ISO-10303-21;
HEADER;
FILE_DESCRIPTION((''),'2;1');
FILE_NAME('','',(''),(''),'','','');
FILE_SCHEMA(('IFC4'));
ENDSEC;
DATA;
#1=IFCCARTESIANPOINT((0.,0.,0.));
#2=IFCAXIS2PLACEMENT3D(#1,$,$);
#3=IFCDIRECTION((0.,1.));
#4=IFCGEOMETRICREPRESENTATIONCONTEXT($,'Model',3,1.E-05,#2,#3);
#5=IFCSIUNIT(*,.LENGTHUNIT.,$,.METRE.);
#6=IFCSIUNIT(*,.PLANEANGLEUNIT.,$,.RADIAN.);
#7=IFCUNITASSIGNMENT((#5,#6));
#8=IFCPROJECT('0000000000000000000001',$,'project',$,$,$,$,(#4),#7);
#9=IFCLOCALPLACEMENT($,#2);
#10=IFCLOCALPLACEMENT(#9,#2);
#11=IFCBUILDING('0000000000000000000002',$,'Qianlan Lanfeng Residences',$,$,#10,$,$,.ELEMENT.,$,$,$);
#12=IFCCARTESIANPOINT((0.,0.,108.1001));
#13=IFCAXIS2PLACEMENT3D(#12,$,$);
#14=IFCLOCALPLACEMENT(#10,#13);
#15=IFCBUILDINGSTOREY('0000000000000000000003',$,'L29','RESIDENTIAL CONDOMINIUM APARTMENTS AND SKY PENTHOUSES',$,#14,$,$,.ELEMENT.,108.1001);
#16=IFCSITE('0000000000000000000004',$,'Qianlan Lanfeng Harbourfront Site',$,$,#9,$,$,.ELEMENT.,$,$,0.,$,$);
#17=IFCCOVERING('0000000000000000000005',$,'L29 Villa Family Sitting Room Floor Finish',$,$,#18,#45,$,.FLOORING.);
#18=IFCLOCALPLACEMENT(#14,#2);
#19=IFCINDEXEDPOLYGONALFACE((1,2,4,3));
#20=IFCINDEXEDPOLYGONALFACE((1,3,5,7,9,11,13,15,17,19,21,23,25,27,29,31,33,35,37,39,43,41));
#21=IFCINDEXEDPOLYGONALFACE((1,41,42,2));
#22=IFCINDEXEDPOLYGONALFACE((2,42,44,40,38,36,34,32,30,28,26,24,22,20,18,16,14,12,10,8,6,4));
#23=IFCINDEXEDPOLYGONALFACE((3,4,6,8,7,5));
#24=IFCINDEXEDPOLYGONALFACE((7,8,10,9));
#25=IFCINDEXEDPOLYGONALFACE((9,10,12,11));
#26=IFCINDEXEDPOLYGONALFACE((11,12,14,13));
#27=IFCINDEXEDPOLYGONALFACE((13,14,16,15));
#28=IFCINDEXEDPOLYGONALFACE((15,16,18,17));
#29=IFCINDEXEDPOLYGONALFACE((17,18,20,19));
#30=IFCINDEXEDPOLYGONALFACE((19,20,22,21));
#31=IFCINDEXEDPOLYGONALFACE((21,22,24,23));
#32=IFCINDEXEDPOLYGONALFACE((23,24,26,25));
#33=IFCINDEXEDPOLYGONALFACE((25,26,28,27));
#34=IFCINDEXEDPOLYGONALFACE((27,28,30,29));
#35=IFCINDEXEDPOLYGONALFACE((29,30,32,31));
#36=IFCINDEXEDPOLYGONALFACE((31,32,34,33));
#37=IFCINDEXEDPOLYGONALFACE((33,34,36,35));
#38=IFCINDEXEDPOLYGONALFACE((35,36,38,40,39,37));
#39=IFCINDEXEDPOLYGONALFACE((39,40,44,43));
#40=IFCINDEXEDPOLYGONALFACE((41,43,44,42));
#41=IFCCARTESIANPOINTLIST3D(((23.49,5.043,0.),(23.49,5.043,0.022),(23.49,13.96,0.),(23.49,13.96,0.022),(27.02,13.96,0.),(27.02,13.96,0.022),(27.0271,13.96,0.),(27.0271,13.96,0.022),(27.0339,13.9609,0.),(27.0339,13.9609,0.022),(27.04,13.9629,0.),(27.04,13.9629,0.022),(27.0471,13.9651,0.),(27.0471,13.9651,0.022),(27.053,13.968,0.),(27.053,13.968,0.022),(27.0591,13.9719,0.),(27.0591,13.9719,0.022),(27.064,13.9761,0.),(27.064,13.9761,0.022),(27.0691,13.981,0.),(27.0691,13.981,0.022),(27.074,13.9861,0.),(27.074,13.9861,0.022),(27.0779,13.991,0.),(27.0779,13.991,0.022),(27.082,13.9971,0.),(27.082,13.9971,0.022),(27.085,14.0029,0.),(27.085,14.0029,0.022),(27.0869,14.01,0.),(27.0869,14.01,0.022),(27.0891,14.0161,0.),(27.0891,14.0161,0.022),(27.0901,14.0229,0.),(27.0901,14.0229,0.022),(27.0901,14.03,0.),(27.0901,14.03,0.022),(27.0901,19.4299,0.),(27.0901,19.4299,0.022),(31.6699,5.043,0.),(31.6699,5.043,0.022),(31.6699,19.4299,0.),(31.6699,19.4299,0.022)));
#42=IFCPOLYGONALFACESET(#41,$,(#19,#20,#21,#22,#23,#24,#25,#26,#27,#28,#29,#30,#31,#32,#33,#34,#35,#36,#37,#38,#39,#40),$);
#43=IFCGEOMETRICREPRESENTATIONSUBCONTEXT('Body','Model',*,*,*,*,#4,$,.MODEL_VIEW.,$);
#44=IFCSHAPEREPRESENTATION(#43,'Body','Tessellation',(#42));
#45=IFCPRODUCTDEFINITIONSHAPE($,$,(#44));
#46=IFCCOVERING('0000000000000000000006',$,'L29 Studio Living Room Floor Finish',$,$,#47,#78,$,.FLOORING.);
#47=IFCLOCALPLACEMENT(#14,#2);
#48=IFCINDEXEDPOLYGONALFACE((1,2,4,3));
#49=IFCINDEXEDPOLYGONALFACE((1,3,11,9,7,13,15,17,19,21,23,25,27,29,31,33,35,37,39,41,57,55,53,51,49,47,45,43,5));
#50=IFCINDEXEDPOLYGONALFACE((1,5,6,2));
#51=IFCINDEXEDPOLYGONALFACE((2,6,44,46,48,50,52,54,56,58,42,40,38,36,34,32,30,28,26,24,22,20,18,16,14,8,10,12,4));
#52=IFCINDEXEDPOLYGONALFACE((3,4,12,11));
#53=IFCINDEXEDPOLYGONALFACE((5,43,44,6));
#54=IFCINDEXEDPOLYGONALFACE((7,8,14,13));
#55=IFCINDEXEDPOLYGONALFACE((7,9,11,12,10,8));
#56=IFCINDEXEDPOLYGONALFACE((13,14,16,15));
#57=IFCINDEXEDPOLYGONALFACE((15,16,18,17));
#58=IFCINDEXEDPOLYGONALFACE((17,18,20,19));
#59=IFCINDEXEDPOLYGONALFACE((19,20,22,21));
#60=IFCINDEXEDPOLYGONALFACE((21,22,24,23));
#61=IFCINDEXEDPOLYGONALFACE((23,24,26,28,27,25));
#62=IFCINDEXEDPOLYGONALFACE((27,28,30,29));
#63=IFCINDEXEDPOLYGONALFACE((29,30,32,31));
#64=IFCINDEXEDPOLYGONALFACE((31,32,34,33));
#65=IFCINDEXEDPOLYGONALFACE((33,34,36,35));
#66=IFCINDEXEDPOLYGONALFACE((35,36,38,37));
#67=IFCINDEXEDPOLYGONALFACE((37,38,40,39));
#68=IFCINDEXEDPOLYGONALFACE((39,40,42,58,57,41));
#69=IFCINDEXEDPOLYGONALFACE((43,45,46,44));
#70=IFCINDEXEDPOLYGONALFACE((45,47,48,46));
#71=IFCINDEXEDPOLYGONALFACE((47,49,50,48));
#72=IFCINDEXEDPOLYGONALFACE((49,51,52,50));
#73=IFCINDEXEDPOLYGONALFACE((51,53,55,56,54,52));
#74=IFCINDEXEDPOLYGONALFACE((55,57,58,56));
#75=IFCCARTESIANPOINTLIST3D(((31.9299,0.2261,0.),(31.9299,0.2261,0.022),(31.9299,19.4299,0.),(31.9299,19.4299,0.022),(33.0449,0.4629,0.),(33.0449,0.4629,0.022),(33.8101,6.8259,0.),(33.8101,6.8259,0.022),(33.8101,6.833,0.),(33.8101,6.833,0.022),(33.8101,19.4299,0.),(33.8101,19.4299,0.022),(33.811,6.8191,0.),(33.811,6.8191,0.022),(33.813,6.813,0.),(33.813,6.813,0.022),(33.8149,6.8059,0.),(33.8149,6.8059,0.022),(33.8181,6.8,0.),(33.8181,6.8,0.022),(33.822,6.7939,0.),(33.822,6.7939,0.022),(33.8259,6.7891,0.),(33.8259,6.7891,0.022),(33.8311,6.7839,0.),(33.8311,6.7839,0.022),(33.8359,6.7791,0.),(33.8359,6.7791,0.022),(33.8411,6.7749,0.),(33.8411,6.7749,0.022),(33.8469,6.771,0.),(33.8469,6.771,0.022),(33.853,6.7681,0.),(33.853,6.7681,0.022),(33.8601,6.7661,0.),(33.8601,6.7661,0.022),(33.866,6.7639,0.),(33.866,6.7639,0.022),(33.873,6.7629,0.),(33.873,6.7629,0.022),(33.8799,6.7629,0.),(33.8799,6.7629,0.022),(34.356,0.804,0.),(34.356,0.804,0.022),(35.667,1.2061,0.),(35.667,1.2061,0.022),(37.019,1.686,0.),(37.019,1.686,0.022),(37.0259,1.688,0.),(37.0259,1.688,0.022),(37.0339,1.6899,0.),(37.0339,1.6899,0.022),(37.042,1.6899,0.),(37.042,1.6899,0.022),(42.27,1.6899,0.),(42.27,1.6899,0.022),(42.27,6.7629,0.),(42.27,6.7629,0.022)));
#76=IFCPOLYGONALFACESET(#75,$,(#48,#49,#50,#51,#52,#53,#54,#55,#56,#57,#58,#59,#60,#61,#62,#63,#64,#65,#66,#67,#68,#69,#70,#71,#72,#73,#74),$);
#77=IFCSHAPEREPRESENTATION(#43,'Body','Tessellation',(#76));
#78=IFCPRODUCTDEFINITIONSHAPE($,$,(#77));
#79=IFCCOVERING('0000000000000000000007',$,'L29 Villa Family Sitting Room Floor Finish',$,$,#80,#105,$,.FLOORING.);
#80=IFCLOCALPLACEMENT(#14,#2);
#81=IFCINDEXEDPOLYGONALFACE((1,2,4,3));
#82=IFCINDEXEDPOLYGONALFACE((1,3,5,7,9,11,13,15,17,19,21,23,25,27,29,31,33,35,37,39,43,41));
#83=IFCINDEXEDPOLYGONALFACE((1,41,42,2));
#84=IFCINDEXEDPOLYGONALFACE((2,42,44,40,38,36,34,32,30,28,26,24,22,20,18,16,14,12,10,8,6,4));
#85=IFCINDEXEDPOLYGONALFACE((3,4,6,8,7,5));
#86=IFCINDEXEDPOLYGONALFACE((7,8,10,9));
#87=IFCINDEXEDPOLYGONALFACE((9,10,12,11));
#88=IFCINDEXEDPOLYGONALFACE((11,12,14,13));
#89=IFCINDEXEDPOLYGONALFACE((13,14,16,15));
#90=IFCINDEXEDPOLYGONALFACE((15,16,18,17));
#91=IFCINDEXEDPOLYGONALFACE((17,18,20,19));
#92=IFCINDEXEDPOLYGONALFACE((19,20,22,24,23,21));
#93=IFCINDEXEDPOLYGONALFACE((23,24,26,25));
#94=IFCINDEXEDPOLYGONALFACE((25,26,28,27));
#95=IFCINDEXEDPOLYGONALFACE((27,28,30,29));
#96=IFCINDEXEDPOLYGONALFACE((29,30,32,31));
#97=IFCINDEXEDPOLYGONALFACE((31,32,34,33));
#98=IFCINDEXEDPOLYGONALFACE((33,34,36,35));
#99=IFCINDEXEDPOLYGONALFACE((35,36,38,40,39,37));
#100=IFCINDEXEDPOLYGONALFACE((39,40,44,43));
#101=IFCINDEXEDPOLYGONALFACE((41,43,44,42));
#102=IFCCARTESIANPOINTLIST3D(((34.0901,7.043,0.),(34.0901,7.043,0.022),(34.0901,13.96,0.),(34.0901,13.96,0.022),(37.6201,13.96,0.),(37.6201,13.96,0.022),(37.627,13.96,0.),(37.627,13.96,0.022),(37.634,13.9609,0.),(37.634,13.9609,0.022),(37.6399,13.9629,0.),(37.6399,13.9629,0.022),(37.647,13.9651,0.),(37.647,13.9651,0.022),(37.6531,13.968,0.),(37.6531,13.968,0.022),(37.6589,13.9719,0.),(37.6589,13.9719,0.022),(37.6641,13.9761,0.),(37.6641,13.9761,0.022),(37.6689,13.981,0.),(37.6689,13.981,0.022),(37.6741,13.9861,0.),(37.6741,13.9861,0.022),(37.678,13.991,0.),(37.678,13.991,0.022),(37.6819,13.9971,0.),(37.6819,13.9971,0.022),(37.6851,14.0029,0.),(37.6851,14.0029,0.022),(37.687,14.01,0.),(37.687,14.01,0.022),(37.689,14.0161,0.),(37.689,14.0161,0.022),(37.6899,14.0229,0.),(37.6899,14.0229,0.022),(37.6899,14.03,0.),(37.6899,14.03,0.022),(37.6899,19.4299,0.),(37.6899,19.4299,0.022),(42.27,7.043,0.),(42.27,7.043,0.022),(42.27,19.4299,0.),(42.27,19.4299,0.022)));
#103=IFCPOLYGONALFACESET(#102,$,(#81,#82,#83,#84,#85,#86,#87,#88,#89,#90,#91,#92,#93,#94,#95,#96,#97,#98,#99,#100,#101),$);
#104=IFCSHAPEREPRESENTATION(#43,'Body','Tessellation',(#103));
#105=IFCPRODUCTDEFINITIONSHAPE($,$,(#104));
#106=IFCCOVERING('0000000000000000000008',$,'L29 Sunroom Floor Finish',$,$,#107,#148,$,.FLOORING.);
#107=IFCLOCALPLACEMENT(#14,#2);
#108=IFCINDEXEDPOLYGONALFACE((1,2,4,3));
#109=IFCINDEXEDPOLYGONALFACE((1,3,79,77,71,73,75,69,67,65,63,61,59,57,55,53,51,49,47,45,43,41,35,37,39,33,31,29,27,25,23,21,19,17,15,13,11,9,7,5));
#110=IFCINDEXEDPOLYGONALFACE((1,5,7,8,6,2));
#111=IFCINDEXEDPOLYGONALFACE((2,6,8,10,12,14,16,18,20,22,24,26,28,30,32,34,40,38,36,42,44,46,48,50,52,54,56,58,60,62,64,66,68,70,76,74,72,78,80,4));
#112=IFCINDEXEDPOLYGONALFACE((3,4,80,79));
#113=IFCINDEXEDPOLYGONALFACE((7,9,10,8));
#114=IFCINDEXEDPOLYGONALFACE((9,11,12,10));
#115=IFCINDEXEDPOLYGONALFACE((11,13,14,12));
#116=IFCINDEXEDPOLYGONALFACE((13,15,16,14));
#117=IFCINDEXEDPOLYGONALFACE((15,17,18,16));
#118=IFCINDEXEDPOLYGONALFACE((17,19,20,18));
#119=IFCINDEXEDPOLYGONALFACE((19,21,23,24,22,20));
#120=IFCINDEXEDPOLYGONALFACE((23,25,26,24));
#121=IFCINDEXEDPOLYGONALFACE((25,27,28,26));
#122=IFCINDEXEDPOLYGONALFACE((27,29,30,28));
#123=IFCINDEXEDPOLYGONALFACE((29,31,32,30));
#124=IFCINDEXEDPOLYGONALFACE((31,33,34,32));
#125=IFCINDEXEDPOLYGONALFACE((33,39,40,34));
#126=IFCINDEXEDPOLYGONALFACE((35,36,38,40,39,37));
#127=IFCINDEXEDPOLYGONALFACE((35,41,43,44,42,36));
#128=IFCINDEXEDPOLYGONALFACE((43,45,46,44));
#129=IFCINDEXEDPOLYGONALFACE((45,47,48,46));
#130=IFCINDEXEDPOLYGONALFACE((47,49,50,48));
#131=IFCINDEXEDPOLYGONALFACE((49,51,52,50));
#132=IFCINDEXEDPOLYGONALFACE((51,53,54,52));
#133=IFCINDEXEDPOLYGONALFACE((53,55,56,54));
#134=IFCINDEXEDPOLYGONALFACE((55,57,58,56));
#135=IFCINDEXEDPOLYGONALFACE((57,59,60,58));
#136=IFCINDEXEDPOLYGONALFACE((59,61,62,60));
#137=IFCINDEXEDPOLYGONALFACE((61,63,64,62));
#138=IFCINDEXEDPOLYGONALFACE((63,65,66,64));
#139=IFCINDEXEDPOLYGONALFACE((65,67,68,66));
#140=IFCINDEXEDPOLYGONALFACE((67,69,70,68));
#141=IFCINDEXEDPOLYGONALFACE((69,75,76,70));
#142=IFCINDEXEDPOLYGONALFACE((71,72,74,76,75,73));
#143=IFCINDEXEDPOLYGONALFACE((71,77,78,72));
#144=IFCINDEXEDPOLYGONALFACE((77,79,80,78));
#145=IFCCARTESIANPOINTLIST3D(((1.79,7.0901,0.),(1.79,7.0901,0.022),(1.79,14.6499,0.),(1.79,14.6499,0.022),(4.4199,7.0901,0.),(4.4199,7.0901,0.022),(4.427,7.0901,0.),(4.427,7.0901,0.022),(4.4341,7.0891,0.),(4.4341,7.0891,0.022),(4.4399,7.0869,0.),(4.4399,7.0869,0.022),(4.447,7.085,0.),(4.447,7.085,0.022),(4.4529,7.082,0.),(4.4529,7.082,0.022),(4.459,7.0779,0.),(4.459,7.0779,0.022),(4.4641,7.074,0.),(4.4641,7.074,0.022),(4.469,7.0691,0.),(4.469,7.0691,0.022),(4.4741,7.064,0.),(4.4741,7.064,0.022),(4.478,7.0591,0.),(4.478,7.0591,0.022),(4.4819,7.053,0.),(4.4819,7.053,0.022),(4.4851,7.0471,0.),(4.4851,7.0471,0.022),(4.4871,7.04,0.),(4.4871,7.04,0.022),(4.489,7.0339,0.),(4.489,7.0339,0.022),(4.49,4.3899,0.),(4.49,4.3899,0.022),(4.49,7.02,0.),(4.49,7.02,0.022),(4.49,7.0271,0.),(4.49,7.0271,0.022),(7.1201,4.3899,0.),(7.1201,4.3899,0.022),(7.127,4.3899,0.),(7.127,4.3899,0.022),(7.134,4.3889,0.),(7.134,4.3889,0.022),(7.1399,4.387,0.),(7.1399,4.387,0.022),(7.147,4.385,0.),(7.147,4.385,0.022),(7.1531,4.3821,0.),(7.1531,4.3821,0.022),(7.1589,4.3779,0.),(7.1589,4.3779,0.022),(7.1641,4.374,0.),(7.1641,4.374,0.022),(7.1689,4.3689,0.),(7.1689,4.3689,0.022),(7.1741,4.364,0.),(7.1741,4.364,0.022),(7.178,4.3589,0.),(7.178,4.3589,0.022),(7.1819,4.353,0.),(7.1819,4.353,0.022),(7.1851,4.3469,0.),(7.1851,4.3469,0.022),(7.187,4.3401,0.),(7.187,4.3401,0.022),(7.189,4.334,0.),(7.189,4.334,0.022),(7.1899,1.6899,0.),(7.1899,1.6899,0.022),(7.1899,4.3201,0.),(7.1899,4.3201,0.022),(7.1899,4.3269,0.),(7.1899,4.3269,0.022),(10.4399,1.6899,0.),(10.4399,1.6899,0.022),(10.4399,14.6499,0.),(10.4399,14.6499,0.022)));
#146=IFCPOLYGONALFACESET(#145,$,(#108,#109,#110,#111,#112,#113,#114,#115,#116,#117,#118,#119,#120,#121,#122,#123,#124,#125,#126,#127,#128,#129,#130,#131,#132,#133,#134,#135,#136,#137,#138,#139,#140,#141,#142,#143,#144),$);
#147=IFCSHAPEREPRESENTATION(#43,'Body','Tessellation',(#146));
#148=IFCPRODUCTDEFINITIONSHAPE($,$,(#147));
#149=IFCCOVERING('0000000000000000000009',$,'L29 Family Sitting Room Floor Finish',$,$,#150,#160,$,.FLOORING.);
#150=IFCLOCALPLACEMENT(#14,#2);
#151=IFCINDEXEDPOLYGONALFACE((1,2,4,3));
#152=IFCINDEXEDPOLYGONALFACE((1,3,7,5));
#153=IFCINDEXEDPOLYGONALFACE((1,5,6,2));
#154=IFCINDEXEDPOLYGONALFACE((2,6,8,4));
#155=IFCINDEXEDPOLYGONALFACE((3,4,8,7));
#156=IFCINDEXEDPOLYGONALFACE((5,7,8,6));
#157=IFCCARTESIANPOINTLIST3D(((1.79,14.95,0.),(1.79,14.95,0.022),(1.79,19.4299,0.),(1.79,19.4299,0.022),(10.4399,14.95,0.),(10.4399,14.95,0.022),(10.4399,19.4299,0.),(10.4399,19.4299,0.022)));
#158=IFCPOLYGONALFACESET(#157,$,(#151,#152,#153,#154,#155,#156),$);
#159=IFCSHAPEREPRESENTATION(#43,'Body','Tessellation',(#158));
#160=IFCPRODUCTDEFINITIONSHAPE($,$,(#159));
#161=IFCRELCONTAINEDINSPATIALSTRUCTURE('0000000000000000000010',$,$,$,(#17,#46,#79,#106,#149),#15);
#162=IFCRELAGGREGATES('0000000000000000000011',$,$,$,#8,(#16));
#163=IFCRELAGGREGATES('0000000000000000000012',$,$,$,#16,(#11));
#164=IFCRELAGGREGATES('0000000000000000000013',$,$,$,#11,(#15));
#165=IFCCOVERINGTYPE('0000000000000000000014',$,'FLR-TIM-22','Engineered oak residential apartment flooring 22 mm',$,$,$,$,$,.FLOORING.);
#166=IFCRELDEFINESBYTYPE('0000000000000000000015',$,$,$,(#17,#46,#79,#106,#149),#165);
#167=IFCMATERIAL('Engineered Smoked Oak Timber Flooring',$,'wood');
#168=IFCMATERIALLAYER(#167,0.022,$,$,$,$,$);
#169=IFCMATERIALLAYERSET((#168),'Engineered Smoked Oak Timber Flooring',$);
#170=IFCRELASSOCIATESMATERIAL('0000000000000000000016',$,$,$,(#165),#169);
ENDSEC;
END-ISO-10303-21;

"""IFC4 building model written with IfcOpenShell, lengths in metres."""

from ifc_helpers import new_model, si_unit, direction, frame, origin, place, context, subcontext, project, spatial, polyline, outline, extrude, material, layer, layer_set, type_object, element, save


model = new_model("IFC4")

# Units and contexts
model_context = context("Model", 3, precision=1e-05, world=origin(), true_north=direction((0.0, 1.0)))
body_context = subcontext(model_context, "Body", "Model", "MODEL_VIEW")
ifc_project = project(units=[si_unit("LENGTHUNIT", "METRE"), si_unit("PLANEANGLEUNIT", "RADIAN")], contexts=[model_context])

# Site, building, storey
site_placement = place(None, origin())
site = spatial("IfcSite", under=ifc_project, at=site_placement, Name="Qianlan Lanfeng Harbourfront Site", CompositionType="ELEMENT", RefElevation=0.0)
building_placement = place(site_placement, origin())
building = spatial("IfcBuilding", under=site, at=building_placement, Name="Qianlan Lanfeng Residences", CompositionType="ELEMENT")
storey_placement = place(building_placement, frame((0.0, 0.0, 108.1001)))
storey = spatial("IfcBuildingStorey", under=building, at=storey_placement, Name="L29", Description="RESIDENTIAL CONDOMINIUM APARTMENTS AND SKY PENTHOUSES", CompositionType="ELEMENT", Elevation=108.1001)

# Coverings
ifc_material_1 = material(Name="Engineered Smoked Oak Timber Flooring", Category="wood")
ifc_layer_1 = layer(ifc_material_1, 0.022)
ifc_layer_set_1 = layer_set([ifc_layer_1], Name="Engineered Smoked Oak Timber Flooring")
covering_type_1 = type_object("IfcCoveringType", Name="FLR-TIM-22", Description="Engineered oak residential apartment flooring 22 mm", PredefinedType="FLOORING", material=ifc_layer_set_1)
covering_1_placement = place(storey_placement, origin())
element("IfcCovering", 1, at=covering_1_placement, inside=storey, type_object=covering_type_1, Name="L29 Villa Family Sitting Room Floor Finish", PredefinedType="FLOORING", context=body_context, shape_type="SweptSolid", body=[
    extrude(outline(polyline([(23.49, 5.043), (31.6699, 5.043), (31.6699, 19.4299), (27.0901, 19.4299), (27.0901, 14.03), (27.0901, 14.0229), (27.0891, 14.0161), (27.0869, 14.01), (27.085, 14.0029), (27.082, 13.9971), (27.0779, 13.991), (27.074, 13.9861), (27.0691, 13.981), (27.064, 13.9761), (27.0591, 13.9719), (27.053, 13.968), (27.0471, 13.9651), (27.04, 13.9629), (27.0339, 13.9609), (27.0271, 13.96), (27.02, 13.96), (23.49, 13.96), (23.49, 5.043)])), origin(), (0.0, 0.0, 1.0), 0.022),
])
covering_2_placement = place(storey_placement, origin())
element("IfcCovering", 2, at=covering_2_placement, inside=storey, type_object=covering_type_1, Name="L29 Studio Living Room Floor Finish", PredefinedType="FLOORING", context=body_context, shape_type="SweptSolid", body=[
    extrude(outline(polyline([(42.27, 1.6899), (42.27, 6.7629), (33.8799, 6.7629), (33.873, 6.7629), (33.866, 6.7639), (33.8601, 6.7661), (33.853, 6.7681), (33.8469, 6.771), (33.8411, 6.7749), (33.8359, 6.7791), (33.8311, 6.7839), (33.8259, 6.7891), (33.822, 6.7939), (33.8181, 6.8), (33.8149, 6.8059), (33.813, 6.813), (33.811, 6.8191), (33.8101, 6.8259), (33.8101, 6.833), (33.8101, 19.4299), (31.9299, 19.4299), (31.9299, 0.2261), (33.0449, 0.4629), (34.356, 0.804), (35.667, 1.2061), (37.019, 1.686), (37.0259, 1.688), (37.0339, 1.6899), (37.042, 1.6899), (42.27, 1.6899)])), origin(), (0.0, 0.0, 1.0), 0.022),
])
covering_3_placement = place(storey_placement, origin())
element("IfcCovering", 3, at=covering_3_placement, inside=storey, type_object=covering_type_1, Name="L29 Villa Family Sitting Room Floor Finish", PredefinedType="FLOORING", context=body_context, shape_type="SweptSolid", body=[
    extrude(outline(polyline([(34.0901, 7.043), (42.27, 7.043), (42.27, 19.4299), (37.6899, 19.4299), (37.6899, 14.03), (37.6899, 14.0229), (37.689, 14.0161), (37.687, 14.01), (37.6851, 14.0029), (37.6819, 13.9971), (37.678, 13.991), (37.6741, 13.9861), (37.6689, 13.981), (37.6641, 13.9761), (37.6589, 13.9719), (37.6531, 13.968), (37.647, 13.9651), (37.6399, 13.9629), (37.634, 13.9609), (37.627, 13.96), (37.6201, 13.96), (34.0901, 13.96), (34.0901, 7.043)])), origin(), (0.0, 0.0, 1.0), 0.022),
])
covering_4_placement = place(storey_placement, origin())
element("IfcCovering", 4, at=covering_4_placement, inside=storey, type_object=covering_type_1, Name="L29 Sunroom Floor Finish", PredefinedType="FLOORING", context=body_context, shape_type="SweptSolid", body=[
    extrude(outline(polyline([(10.4399, 14.6499), (1.79, 14.6499), (1.79, 7.0901), (4.4199, 7.0901), (4.427, 7.0901), (4.4341, 7.0891), (4.4399, 7.0869), (4.447, 7.085), (4.4529, 7.082), (4.459, 7.0779), (4.4641, 7.074), (4.469, 7.0691), (4.4741, 7.064), (4.478, 7.0591), (4.4819, 7.053), (4.4851, 7.0471), (4.4871, 7.04), (4.489, 7.0339), (4.49, 7.0271), (4.49, 7.02), (4.49, 4.3899), (7.1201, 4.3899), (7.127, 4.3899), (7.134, 4.3889), (7.1399, 4.387), (7.147, 4.385), (7.1531, 4.3821), (7.1589, 4.3779), (7.1641, 4.374), (7.1689, 4.3689), (7.1741, 4.364), (7.178, 4.3589), (7.1819, 4.353), (7.1851, 4.3469), (7.187, 4.3401), (7.189, 4.334), (7.1899, 4.3269), (7.1899, 4.3201), (7.1899, 1.6899), (10.4399, 1.6899), (10.4399, 14.6499)])), origin(), (0.0, 0.0, 1.0), 0.022),
])
covering_5_placement = place(storey_placement, origin())
element("IfcCovering", 5, at=covering_5_placement, inside=storey, type_object=covering_type_1, Name="L29 Family Sitting Room Floor Finish", PredefinedType="FLOORING", context=body_context, shape_type="SweptSolid", body=[
    extrude(outline(polyline([(10.4399, 19.4299), (1.79, 19.4299), (1.79, 14.95), (10.4399, 14.95), (10.4399, 19.4299)])), origin(), (0.0, 0.0, 1.0), 0.022),
])

save(model, "model.ifc")
